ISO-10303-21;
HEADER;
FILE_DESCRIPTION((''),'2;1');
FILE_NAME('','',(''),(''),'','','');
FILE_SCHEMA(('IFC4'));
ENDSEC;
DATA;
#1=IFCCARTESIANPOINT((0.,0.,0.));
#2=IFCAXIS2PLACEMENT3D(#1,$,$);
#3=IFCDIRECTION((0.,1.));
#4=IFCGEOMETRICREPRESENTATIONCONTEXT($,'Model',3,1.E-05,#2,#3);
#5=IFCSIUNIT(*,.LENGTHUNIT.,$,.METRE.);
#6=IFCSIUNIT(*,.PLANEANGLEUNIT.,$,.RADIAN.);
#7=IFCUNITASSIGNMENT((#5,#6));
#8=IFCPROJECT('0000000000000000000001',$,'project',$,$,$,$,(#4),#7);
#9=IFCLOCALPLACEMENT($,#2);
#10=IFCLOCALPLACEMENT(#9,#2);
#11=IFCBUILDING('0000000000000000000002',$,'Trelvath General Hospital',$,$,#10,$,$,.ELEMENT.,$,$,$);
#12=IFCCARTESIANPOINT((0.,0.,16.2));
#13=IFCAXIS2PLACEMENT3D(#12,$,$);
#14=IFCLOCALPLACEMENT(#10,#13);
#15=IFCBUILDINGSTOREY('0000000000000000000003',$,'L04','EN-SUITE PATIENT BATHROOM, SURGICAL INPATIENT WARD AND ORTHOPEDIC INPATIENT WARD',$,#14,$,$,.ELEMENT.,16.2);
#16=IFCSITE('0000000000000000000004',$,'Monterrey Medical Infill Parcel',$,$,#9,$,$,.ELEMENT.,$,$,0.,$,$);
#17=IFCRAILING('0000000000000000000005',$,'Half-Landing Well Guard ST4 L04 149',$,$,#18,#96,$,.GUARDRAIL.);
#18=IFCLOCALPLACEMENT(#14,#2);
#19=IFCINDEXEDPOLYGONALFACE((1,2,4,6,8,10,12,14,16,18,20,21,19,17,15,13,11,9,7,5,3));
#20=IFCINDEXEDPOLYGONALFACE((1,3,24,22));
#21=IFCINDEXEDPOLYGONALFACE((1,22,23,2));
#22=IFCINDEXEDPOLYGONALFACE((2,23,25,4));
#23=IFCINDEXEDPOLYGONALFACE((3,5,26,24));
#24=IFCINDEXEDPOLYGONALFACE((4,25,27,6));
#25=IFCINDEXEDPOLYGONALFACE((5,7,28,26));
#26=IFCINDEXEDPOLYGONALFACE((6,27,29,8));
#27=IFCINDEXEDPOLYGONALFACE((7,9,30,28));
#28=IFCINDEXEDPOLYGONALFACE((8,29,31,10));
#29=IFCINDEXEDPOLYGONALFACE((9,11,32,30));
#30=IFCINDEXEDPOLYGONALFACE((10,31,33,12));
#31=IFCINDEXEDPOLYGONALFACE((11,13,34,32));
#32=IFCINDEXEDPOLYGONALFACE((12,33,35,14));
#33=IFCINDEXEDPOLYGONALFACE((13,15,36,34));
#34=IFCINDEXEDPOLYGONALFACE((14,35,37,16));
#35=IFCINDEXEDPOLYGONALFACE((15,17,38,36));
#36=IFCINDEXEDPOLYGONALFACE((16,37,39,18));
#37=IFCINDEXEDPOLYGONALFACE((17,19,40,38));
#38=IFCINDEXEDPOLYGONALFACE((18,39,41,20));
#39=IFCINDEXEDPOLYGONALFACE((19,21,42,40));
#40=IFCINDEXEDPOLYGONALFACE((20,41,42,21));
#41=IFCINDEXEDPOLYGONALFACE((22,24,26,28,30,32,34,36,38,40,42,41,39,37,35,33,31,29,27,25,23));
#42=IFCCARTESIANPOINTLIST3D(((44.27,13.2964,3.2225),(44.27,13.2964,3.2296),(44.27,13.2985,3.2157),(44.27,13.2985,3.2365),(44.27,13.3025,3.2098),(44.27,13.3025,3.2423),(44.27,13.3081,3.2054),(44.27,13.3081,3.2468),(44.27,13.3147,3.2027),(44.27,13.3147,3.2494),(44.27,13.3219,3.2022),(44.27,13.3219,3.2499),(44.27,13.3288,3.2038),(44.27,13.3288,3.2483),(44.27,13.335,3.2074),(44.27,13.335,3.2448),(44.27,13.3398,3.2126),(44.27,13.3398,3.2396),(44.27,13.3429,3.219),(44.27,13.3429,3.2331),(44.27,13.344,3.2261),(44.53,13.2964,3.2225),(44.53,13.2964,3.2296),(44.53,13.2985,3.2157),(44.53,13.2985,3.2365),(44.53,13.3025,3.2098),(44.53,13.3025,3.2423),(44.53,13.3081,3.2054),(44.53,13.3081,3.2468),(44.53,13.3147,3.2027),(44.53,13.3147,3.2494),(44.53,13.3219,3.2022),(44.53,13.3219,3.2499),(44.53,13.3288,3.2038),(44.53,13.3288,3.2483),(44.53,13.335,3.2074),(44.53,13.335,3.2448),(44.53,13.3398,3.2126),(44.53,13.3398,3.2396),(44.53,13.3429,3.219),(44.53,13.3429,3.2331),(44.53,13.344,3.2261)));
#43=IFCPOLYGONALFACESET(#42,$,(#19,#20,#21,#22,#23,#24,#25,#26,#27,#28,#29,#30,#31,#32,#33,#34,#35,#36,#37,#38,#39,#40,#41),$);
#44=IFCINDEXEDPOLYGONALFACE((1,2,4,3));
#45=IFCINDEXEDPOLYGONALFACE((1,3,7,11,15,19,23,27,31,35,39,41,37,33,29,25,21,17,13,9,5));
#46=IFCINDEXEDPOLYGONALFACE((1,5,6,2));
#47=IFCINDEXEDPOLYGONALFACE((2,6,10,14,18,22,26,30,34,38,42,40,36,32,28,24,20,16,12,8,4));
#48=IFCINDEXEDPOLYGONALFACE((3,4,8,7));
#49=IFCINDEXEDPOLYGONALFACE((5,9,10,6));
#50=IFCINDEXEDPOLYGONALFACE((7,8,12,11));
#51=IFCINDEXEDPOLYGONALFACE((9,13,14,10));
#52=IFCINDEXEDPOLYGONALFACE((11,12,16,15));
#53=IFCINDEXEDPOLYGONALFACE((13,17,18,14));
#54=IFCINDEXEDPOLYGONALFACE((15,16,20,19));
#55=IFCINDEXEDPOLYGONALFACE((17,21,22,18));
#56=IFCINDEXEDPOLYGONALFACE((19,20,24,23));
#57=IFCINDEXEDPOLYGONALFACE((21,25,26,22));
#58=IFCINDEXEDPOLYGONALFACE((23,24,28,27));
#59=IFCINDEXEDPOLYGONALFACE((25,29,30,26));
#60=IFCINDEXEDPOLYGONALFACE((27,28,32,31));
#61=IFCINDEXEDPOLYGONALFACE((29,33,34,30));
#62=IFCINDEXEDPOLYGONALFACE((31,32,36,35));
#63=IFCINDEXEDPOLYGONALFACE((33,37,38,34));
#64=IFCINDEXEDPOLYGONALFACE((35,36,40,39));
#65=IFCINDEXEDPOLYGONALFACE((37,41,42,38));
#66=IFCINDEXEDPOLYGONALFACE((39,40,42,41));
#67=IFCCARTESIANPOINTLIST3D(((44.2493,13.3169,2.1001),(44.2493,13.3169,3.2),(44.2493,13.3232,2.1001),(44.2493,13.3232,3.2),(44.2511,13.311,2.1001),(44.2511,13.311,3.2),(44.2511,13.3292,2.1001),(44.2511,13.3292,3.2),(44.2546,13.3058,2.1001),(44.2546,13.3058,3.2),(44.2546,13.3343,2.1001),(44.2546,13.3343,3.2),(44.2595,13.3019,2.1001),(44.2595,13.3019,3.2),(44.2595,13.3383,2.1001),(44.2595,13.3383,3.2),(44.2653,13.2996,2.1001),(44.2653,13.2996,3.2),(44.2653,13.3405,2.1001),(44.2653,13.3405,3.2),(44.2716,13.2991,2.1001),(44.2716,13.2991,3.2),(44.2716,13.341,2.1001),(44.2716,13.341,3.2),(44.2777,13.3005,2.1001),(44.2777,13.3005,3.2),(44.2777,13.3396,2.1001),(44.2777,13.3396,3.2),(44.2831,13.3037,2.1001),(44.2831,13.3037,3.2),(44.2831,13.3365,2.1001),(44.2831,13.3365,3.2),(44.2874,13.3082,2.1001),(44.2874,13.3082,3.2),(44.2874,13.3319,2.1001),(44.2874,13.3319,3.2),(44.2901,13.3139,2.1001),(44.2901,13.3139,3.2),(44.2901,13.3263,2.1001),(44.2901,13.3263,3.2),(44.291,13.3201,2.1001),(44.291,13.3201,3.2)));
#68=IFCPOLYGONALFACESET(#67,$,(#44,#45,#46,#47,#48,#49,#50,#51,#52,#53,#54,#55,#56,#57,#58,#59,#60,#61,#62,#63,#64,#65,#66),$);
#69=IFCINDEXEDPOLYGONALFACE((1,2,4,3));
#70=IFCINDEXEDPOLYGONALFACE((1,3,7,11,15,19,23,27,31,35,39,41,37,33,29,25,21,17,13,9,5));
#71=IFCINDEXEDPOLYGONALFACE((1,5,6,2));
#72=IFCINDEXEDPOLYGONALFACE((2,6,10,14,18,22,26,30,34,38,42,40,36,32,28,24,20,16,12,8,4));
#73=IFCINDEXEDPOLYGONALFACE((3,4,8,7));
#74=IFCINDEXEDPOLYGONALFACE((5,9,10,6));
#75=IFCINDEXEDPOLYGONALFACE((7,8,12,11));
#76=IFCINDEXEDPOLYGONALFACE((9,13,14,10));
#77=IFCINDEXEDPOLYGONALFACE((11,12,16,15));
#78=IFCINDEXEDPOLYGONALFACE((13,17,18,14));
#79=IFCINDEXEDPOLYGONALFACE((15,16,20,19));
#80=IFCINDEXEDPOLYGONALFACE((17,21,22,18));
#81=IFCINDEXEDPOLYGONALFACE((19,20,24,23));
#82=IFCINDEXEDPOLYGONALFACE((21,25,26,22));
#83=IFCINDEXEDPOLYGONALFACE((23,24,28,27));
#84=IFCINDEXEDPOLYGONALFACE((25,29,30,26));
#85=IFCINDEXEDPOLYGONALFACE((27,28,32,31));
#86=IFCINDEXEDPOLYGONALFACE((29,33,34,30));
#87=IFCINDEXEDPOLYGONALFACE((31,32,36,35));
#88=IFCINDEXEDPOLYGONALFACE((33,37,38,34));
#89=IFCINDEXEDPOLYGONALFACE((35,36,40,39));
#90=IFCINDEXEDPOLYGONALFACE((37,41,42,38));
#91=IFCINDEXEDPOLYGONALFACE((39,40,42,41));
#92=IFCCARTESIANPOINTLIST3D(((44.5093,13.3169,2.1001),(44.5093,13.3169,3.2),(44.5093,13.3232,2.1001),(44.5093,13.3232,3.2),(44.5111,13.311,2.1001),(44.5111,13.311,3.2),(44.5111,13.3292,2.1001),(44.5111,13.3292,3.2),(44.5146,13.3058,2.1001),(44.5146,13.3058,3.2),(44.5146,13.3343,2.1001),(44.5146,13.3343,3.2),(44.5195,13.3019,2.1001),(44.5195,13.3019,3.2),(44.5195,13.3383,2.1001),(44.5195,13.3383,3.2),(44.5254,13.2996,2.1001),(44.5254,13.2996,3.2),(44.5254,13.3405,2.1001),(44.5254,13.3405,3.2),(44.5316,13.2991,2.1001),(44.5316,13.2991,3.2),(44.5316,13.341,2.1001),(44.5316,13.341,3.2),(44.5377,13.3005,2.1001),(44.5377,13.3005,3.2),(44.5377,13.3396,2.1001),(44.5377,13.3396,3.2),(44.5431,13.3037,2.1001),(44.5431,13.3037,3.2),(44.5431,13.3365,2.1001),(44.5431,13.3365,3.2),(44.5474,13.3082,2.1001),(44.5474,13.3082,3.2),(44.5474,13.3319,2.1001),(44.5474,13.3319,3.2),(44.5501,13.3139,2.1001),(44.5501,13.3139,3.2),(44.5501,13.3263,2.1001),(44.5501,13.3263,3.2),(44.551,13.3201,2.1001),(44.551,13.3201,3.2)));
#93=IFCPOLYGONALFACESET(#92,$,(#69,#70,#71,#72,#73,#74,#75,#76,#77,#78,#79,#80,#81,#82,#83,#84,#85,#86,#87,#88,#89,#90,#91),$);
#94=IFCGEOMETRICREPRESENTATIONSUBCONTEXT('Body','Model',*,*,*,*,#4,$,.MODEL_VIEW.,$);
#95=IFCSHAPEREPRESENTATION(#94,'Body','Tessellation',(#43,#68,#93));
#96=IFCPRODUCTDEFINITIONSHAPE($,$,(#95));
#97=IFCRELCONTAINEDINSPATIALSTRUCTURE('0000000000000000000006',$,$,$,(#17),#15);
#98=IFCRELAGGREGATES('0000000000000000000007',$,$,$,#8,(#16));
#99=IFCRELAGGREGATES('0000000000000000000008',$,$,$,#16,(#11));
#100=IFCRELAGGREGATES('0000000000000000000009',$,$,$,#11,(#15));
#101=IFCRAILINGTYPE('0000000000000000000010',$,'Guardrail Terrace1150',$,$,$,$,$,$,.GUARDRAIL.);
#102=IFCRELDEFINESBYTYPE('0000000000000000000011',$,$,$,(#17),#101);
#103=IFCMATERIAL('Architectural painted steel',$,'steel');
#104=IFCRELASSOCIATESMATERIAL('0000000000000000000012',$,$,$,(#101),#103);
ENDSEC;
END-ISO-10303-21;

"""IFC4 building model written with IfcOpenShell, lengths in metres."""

from ifc_helpers import new_model, si_unit, direction, frame, origin, origin_2d, place, context, subcontext, project, spatial, circle, extrude, material, type_object, element, save


model = new_model("IFC4")

# Units and contexts
model_context = context("Model", 3, precision=1e-05, world=origin(), true_north=direction((0.0, 1.0)))
body_context = subcontext(model_context, "Body", "Model", "MODEL_VIEW")
ifc_project = project(units=[si_unit("LENGTHUNIT", "METRE"), si_unit("PLANEANGLEUNIT", "RADIAN")], contexts=[model_context])

# Site, building, storey
site_placement = place(None, origin())
site = spatial("IfcSite", under=ifc_project, at=site_placement, Name="Monterrey Medical Infill Parcel", CompositionType="ELEMENT", RefElevation=0.0)
building_placement = place(site_placement, origin())
building = spatial("IfcBuilding", under=site, at=building_placement, Name="Trelvath General Hospital", CompositionType="ELEMENT")
storey_placement = place(building_placement, frame((0.0, 0.0, 16.2)))
storey = spatial("IfcBuildingStorey", under=building, at=storey_placement, Name="L04", Description="EN-SUITE PATIENT BATHROOM, SURGICAL INPATIENT WARD AND ORTHOPEDIC INPATIENT WARD", CompositionType="ELEMENT", Elevation=16.2)

# Railing
ifc_material_1 = material(Name="Architectural painted steel", Category="steel")
railing_type_1 = type_object("IfcRailingType", Name="Guardrail Terrace1150", PredefinedType="GUARDRAIL", material=ifc_material_1)
railing_1_placement = place(storey_placement, frame((44.27, 13.3201, 2.1001)))
element("IfcRailing", 1, at=railing_1_placement, inside=storey, type_object=railing_type_1, Name="Half-Landing Well Guard ST4 L04 149", PredefinedType="GUARDRAIL", context=body_context, shape_type="SweptSolid", body=[
    extrude(circle(Radius=0.0239, at=origin_2d()), frame((0.0, 0.0, 1.126), z_axis=(1.0, 0.0, 0.0), x_axis=(0.0, 1.0, 0.0)), (0.0, 0.0, 1.0), 0.26),
    extrude(circle(Radius=0.021, at=origin_2d()), origin(), (0.0, 0.0, 1.0), 1.0999),
    extrude(circle(Radius=0.021, at=origin_2d()), frame((0.26, 0.0, 0.0)), (0.0, 0.0, 1.0), 1.0999),
])

save(model, "model.ifc")
